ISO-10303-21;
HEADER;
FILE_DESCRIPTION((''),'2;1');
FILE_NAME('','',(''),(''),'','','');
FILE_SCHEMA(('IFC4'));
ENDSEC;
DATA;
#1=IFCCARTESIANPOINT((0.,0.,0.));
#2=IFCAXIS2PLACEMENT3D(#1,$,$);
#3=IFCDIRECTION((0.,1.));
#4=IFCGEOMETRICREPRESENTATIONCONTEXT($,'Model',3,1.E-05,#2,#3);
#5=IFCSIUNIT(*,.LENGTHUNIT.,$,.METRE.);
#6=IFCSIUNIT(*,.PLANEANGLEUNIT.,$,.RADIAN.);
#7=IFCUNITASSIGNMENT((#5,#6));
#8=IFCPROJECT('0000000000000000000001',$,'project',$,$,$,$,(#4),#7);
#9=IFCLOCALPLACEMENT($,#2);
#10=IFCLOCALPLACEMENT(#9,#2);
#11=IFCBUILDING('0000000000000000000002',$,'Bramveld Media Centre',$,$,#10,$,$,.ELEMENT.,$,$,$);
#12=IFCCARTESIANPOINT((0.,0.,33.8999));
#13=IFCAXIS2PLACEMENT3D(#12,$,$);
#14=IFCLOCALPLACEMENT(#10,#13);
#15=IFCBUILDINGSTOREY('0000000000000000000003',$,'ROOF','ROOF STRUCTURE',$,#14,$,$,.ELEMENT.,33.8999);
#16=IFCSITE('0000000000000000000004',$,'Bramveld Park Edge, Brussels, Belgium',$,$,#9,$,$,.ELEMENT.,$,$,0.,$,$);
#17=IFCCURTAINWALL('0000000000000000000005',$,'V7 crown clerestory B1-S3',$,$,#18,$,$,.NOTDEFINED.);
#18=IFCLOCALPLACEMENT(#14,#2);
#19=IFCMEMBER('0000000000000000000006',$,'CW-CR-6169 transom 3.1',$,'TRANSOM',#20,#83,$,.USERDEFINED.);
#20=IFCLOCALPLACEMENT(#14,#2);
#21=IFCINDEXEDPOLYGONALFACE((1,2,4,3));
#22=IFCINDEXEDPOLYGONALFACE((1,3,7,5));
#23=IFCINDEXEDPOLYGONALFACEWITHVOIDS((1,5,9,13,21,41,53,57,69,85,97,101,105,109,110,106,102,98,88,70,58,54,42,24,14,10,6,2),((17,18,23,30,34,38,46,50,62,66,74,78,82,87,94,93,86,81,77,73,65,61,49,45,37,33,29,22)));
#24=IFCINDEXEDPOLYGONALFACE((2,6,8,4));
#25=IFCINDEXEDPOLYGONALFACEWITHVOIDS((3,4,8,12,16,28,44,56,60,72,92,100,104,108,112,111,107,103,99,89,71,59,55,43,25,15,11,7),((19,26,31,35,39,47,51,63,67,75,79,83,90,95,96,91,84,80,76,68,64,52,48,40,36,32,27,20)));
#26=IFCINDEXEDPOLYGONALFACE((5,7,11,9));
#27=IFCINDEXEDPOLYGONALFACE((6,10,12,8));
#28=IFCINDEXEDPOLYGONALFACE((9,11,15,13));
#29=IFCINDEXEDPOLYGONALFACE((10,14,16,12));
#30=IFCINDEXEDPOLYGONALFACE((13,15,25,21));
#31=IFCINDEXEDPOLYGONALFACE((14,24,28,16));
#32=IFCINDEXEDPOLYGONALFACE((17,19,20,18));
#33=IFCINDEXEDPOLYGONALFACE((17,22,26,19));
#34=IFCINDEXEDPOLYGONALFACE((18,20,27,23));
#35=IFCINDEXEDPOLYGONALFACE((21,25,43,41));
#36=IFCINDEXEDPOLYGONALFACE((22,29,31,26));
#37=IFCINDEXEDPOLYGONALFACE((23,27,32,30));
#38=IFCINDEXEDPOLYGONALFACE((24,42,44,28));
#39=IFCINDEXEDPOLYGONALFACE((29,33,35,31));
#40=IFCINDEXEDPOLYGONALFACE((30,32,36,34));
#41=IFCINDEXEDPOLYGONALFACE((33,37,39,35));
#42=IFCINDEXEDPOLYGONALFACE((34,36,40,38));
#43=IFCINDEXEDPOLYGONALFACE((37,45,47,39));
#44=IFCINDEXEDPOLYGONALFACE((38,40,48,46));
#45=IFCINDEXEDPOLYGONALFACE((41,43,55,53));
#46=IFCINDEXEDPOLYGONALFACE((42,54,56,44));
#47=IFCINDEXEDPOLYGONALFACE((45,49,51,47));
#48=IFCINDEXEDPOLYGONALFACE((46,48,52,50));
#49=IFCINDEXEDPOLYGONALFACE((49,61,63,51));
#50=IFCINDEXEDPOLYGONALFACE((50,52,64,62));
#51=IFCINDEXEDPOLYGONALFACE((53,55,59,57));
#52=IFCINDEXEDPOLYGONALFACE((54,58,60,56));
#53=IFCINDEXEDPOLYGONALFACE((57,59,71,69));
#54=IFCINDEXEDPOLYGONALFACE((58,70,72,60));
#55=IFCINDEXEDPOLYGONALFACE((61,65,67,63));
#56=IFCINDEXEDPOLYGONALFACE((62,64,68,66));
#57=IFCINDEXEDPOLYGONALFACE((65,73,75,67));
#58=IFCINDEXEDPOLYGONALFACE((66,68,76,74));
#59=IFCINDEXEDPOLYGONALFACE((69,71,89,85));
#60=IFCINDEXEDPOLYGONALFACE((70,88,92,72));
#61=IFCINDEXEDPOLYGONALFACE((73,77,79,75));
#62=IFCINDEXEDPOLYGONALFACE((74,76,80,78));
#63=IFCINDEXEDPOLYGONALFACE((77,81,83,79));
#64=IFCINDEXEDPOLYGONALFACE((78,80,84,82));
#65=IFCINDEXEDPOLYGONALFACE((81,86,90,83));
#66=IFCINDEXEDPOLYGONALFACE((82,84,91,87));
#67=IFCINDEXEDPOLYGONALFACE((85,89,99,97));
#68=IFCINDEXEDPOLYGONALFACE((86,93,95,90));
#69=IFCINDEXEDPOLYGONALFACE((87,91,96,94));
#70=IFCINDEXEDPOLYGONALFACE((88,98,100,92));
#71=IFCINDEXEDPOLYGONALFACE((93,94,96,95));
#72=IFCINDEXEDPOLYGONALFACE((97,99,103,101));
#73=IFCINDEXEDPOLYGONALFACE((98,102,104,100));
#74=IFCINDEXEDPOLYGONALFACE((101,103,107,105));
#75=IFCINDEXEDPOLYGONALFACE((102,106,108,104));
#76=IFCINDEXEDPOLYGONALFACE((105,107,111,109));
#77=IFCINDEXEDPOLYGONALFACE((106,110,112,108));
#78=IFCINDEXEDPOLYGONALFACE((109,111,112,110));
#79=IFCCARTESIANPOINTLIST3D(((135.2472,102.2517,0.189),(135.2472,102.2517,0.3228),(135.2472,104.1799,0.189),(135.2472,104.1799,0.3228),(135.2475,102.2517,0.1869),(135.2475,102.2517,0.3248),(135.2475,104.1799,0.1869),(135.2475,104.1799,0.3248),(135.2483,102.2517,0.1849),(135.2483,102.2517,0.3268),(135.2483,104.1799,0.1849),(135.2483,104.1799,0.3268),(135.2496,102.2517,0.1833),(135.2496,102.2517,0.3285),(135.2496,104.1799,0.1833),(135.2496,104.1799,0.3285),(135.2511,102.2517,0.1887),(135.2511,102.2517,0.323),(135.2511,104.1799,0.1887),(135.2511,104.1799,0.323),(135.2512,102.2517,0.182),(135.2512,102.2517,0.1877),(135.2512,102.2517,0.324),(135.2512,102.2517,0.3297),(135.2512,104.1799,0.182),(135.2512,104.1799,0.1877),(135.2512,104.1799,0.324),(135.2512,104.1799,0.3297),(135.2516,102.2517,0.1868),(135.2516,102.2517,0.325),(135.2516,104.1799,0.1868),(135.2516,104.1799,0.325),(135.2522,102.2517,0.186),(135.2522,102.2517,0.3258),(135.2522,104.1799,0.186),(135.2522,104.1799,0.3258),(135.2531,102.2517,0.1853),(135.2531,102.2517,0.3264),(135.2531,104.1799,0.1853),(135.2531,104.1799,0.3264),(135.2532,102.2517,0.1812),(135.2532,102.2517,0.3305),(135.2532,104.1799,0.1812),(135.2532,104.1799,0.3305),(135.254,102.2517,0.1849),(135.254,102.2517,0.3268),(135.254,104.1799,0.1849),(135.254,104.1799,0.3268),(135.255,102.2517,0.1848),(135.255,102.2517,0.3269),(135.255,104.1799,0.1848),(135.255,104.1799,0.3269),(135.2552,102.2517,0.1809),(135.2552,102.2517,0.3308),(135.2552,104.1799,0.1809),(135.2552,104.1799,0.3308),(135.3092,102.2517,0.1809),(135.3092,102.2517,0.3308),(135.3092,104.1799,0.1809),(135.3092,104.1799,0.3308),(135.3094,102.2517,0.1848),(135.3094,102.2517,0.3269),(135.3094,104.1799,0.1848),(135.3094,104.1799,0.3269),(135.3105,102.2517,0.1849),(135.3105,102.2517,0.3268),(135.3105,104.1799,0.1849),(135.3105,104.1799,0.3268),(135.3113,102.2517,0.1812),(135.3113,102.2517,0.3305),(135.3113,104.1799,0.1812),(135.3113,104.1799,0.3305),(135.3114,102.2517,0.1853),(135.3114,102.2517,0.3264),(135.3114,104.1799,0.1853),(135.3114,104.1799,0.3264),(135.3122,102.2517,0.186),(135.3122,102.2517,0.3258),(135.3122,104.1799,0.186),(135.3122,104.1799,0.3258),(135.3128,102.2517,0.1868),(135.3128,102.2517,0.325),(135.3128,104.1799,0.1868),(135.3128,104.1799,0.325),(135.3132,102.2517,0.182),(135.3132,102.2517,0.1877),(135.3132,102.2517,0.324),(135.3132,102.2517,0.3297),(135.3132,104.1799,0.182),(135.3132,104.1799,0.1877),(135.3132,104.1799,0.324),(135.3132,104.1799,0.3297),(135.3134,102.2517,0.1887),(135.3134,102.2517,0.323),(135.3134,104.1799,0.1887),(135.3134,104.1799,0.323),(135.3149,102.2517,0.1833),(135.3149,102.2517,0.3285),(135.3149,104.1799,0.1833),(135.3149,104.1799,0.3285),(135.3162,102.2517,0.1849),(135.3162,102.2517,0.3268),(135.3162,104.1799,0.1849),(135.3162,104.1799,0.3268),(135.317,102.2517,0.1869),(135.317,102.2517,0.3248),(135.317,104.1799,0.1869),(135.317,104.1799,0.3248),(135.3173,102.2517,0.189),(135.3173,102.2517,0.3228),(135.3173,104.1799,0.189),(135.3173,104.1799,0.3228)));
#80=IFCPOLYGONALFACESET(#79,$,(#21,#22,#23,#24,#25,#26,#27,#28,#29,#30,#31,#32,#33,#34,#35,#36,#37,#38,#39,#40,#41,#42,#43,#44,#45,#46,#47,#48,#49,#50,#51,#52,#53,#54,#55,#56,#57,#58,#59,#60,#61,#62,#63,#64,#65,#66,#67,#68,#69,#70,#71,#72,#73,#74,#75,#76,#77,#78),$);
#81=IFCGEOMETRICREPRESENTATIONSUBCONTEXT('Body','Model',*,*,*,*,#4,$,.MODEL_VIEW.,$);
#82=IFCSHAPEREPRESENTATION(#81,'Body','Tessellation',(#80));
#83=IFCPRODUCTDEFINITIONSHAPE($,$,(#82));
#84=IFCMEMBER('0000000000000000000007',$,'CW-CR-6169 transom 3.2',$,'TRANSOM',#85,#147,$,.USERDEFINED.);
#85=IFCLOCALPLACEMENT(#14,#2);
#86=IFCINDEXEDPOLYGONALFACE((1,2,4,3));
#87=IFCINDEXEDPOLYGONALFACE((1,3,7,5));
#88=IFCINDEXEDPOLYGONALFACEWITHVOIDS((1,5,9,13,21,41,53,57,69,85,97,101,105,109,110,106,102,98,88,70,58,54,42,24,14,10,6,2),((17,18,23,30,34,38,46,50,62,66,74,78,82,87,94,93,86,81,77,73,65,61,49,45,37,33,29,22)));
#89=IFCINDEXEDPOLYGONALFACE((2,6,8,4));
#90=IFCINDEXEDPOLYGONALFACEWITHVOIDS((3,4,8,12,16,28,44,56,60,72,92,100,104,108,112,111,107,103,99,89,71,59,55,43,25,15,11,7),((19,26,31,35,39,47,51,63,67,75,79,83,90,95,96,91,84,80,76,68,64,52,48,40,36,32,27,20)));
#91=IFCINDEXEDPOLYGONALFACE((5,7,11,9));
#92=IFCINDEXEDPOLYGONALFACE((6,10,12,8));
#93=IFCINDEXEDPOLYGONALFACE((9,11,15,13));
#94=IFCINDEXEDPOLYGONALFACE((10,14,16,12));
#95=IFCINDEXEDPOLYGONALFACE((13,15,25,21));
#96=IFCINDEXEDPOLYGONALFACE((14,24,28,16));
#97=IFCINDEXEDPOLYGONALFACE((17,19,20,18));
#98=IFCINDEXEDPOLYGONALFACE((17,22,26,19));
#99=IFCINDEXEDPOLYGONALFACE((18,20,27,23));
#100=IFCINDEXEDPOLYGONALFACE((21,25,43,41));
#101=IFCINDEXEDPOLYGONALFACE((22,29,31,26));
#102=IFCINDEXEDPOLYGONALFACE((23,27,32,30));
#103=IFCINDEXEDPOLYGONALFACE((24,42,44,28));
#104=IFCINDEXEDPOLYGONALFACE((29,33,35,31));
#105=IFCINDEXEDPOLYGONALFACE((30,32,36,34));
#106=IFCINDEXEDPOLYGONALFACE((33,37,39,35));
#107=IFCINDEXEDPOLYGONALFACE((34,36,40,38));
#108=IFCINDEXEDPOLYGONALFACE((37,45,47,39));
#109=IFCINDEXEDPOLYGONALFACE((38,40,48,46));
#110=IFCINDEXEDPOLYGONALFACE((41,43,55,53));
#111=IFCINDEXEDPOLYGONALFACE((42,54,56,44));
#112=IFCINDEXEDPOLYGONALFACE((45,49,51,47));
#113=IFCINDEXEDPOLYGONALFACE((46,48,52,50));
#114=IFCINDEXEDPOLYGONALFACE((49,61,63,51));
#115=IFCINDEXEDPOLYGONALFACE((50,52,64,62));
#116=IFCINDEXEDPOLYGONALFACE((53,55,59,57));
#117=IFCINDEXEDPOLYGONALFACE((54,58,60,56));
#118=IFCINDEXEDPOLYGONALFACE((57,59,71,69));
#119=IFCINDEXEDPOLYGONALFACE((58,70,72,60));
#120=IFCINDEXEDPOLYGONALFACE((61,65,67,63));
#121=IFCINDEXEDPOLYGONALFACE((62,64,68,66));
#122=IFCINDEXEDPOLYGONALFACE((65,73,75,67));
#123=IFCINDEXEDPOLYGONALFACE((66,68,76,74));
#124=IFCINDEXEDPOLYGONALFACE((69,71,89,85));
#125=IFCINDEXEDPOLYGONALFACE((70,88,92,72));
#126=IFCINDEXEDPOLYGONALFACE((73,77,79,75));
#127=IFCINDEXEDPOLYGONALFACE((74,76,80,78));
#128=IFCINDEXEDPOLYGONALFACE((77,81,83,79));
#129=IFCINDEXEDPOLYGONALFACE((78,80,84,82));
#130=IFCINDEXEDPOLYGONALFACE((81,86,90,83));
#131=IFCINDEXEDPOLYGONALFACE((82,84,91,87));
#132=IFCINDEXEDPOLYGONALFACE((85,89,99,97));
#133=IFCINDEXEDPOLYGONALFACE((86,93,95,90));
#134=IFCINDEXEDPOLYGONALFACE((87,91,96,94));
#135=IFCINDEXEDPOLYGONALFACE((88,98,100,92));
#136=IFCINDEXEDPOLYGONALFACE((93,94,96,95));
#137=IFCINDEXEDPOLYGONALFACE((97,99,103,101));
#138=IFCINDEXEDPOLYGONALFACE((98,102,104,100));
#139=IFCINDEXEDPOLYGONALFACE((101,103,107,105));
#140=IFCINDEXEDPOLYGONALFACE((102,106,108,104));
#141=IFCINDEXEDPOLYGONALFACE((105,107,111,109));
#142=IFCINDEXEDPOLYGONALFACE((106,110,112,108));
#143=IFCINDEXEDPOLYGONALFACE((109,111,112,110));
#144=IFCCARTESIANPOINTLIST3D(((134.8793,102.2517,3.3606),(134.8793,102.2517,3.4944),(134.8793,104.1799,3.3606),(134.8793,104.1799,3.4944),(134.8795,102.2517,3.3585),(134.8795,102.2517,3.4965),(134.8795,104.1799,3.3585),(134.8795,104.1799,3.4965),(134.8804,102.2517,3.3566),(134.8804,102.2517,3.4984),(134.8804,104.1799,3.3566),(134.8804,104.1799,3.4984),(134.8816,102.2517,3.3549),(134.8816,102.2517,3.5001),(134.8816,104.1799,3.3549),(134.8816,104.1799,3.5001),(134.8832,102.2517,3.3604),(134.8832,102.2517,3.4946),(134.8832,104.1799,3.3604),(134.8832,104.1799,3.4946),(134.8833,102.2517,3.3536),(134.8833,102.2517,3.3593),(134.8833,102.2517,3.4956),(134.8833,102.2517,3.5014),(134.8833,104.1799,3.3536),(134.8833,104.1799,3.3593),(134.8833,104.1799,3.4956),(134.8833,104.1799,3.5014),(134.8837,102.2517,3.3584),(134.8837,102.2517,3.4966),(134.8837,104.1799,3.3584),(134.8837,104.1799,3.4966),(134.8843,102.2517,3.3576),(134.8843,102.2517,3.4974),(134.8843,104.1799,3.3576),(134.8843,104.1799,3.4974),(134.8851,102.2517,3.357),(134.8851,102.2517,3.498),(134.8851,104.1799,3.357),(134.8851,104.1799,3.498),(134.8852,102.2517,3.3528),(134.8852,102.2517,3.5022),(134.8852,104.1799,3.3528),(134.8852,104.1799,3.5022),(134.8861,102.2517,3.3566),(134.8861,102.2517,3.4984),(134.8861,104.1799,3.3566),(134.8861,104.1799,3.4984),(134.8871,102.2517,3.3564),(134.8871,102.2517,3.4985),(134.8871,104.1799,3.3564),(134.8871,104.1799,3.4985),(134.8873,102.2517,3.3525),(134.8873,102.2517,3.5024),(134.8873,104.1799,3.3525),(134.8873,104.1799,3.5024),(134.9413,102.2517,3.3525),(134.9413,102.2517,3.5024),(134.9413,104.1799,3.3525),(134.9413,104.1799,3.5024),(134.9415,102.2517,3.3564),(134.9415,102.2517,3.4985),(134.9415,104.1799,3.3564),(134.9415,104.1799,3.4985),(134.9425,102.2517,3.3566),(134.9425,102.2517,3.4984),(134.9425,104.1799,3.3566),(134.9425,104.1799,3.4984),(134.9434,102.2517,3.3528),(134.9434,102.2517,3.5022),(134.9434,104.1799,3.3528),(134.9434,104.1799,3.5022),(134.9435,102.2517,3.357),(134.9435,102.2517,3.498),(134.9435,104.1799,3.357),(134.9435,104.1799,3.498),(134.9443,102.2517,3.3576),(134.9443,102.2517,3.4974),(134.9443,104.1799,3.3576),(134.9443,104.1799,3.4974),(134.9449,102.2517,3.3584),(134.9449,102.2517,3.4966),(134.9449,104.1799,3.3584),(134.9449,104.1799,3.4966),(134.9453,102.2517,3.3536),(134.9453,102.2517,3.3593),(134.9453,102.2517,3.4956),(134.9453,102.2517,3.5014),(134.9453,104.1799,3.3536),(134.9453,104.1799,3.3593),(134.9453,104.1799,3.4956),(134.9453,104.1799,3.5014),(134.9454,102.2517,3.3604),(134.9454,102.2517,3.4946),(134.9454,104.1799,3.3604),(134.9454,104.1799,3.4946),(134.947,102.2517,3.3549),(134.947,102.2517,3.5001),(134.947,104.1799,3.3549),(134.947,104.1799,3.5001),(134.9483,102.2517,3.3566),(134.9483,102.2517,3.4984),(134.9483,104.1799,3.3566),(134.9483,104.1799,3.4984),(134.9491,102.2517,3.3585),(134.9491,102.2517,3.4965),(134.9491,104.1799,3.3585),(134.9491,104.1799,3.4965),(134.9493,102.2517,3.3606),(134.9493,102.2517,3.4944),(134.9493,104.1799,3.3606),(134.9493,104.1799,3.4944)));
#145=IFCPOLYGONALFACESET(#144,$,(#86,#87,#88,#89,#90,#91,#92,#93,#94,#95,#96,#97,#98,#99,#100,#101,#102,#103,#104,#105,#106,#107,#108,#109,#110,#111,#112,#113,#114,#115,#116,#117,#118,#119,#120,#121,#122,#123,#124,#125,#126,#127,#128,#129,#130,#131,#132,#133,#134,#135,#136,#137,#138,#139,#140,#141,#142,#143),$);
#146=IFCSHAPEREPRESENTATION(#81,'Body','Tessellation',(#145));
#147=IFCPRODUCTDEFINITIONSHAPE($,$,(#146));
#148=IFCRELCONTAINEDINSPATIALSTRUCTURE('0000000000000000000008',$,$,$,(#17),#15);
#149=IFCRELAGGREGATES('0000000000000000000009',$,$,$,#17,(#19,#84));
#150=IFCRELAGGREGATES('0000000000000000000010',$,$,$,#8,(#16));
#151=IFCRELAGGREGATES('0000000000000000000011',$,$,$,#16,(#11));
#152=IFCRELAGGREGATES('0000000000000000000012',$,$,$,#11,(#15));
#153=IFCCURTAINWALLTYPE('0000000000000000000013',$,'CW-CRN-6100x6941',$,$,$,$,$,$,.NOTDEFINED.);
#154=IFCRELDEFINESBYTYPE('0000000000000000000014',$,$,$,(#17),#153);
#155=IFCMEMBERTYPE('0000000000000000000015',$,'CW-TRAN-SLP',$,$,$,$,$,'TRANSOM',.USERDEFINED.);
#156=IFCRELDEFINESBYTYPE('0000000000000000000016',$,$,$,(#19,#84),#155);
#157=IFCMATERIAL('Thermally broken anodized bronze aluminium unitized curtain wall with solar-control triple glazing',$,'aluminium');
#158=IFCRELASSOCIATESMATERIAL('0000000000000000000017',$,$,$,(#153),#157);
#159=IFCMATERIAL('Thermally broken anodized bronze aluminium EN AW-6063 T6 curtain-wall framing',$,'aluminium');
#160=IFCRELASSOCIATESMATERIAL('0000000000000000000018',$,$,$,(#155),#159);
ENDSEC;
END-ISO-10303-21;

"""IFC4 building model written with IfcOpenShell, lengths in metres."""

from ifc_helpers import new_model, si_unit, direction, frame, origin, origin_2d, place, context, subcontext, project, spatial, hollow_rectangle, extrude, material, material_profile, profile_set, type_object, element, aggregate, save


model = new_model("IFC4")

# Units and contexts
model_context = context("Model", 3, precision=1e-05, world=origin(), true_north=direction((0.0, 1.0)))
body_context = subcontext(model_context, "Body", "Model", "MODEL_VIEW")
ifc_project = project(units=[si_unit("LENGTHUNIT", "METRE"), si_unit("PLANEANGLEUNIT", "RADIAN")], contexts=[model_context])

# Site, building, storey
site_placement = place(None, origin())
site = spatial("IfcSite", under=ifc_project, at=site_placement, Name="Bramveld Park Edge, Brussels, Belgium", CompositionType="ELEMENT", RefElevation=0.0)
building_placement = place(site_placement, origin())
building = spatial("IfcBuilding", under=site, at=building_placement, Name="Bramveld Media Centre", CompositionType="ELEMENT")
storey_placement = place(building_placement, frame((0.0, 0.0, 33.8999)))
storey = spatial("IfcBuildingStorey", under=building, at=storey_placement, Name="ROOF", Description="ROOF STRUCTURE", CompositionType="ELEMENT", Elevation=33.8999)

# Curtain wall, members
ifc_material_1 = material(Name="Thermally broken anodized bronze aluminium unitized curtain wall with solar-control triple glazing", Category="aluminium")
curtain_wall_type = type_object("IfcCurtainWallType", Name="CW-CRN-6100x6941", PredefinedType="NOTDEFINED", material=ifc_material_1)
curtain_wall_placement = place(storey_placement, origin())
curtain_wall = element("IfcCurtainWall", 1, at=curtain_wall_placement, inside=storey, type_object=curtain_wall_type, Name="V7 crown clerestory B1-S3", PredefinedType="NOTDEFINED")
ifc_material_2 = material(Name="Thermally broken anodized bronze aluminium EN AW-6063 T6 curtain-wall framing", Category="aluminium")
ifc_material_profile_1 = material_profile(ifc_material_2, hollow_rectangle(XDim=0.0701, YDim=0.1499, WallThickness=0.0039, InnerFilletRadius=0.0039, OuterFilletRadius=0.0081, at=origin_2d()), Name="AL-TRAN 70x150")
ifc_profile_set_1 = profile_set([ifc_material_profile_1], Name="Thermally broken anodized bronze aluminium EN AW-6063 T6 curtain-wall framing")
member_type_1 = type_object("IfcMemberType", Name="CW-TRAN-SLP", ElementType="TRANSOM", PredefinedType="USERDEFINED", material=ifc_profile_set_1)
member_1_placement = place(storey_placement, frame((135.2822, 102.2517, 0.2559), z_axis=(0.0, 1.0, 0.0), x_axis=(-1.0, 0.0, 0.0)))
member_1 = element("IfcMember", 2, at=member_1_placement, type_object=member_type_1, Name="CW-CR-6169 transom 3.1", ObjectType="TRANSOM", PredefinedType="USERDEFINED", context=body_context, shape_type="SweptSolid", body=[
    extrude(hollow_rectangle(XDim=0.0701, YDim=0.1499, WallThickness=0.0039, InnerFilletRadius=0.0039, OuterFilletRadius=0.0081, at=origin_2d()), origin(), (0.0, 0.0, 1.0), 1.9282),
])
member_2_placement = place(storey_placement, frame((134.9143, 102.2517, 3.4275), z_axis=(0.0, 1.0, 0.0), x_axis=(-1.0, 0.0, 0.0)))
member_2 = element("IfcMember", 3, at=member_2_placement, type_object=member_type_1, Name="CW-CR-6169 transom 3.2", ObjectType="TRANSOM", PredefinedType="USERDEFINED", context=body_context, shape_type="SweptSolid", body=[
    extrude(hollow_rectangle(XDim=0.0701, YDim=0.1499, WallThickness=0.0039, InnerFilletRadius=0.0039, OuterFilletRadius=0.0081, at=origin_2d()), origin(), (0.0, 0.0, 1.0), 1.9282),
])

aggregate(curtain_wall, [member_1, member_2])

save(model, "model.ifc")
